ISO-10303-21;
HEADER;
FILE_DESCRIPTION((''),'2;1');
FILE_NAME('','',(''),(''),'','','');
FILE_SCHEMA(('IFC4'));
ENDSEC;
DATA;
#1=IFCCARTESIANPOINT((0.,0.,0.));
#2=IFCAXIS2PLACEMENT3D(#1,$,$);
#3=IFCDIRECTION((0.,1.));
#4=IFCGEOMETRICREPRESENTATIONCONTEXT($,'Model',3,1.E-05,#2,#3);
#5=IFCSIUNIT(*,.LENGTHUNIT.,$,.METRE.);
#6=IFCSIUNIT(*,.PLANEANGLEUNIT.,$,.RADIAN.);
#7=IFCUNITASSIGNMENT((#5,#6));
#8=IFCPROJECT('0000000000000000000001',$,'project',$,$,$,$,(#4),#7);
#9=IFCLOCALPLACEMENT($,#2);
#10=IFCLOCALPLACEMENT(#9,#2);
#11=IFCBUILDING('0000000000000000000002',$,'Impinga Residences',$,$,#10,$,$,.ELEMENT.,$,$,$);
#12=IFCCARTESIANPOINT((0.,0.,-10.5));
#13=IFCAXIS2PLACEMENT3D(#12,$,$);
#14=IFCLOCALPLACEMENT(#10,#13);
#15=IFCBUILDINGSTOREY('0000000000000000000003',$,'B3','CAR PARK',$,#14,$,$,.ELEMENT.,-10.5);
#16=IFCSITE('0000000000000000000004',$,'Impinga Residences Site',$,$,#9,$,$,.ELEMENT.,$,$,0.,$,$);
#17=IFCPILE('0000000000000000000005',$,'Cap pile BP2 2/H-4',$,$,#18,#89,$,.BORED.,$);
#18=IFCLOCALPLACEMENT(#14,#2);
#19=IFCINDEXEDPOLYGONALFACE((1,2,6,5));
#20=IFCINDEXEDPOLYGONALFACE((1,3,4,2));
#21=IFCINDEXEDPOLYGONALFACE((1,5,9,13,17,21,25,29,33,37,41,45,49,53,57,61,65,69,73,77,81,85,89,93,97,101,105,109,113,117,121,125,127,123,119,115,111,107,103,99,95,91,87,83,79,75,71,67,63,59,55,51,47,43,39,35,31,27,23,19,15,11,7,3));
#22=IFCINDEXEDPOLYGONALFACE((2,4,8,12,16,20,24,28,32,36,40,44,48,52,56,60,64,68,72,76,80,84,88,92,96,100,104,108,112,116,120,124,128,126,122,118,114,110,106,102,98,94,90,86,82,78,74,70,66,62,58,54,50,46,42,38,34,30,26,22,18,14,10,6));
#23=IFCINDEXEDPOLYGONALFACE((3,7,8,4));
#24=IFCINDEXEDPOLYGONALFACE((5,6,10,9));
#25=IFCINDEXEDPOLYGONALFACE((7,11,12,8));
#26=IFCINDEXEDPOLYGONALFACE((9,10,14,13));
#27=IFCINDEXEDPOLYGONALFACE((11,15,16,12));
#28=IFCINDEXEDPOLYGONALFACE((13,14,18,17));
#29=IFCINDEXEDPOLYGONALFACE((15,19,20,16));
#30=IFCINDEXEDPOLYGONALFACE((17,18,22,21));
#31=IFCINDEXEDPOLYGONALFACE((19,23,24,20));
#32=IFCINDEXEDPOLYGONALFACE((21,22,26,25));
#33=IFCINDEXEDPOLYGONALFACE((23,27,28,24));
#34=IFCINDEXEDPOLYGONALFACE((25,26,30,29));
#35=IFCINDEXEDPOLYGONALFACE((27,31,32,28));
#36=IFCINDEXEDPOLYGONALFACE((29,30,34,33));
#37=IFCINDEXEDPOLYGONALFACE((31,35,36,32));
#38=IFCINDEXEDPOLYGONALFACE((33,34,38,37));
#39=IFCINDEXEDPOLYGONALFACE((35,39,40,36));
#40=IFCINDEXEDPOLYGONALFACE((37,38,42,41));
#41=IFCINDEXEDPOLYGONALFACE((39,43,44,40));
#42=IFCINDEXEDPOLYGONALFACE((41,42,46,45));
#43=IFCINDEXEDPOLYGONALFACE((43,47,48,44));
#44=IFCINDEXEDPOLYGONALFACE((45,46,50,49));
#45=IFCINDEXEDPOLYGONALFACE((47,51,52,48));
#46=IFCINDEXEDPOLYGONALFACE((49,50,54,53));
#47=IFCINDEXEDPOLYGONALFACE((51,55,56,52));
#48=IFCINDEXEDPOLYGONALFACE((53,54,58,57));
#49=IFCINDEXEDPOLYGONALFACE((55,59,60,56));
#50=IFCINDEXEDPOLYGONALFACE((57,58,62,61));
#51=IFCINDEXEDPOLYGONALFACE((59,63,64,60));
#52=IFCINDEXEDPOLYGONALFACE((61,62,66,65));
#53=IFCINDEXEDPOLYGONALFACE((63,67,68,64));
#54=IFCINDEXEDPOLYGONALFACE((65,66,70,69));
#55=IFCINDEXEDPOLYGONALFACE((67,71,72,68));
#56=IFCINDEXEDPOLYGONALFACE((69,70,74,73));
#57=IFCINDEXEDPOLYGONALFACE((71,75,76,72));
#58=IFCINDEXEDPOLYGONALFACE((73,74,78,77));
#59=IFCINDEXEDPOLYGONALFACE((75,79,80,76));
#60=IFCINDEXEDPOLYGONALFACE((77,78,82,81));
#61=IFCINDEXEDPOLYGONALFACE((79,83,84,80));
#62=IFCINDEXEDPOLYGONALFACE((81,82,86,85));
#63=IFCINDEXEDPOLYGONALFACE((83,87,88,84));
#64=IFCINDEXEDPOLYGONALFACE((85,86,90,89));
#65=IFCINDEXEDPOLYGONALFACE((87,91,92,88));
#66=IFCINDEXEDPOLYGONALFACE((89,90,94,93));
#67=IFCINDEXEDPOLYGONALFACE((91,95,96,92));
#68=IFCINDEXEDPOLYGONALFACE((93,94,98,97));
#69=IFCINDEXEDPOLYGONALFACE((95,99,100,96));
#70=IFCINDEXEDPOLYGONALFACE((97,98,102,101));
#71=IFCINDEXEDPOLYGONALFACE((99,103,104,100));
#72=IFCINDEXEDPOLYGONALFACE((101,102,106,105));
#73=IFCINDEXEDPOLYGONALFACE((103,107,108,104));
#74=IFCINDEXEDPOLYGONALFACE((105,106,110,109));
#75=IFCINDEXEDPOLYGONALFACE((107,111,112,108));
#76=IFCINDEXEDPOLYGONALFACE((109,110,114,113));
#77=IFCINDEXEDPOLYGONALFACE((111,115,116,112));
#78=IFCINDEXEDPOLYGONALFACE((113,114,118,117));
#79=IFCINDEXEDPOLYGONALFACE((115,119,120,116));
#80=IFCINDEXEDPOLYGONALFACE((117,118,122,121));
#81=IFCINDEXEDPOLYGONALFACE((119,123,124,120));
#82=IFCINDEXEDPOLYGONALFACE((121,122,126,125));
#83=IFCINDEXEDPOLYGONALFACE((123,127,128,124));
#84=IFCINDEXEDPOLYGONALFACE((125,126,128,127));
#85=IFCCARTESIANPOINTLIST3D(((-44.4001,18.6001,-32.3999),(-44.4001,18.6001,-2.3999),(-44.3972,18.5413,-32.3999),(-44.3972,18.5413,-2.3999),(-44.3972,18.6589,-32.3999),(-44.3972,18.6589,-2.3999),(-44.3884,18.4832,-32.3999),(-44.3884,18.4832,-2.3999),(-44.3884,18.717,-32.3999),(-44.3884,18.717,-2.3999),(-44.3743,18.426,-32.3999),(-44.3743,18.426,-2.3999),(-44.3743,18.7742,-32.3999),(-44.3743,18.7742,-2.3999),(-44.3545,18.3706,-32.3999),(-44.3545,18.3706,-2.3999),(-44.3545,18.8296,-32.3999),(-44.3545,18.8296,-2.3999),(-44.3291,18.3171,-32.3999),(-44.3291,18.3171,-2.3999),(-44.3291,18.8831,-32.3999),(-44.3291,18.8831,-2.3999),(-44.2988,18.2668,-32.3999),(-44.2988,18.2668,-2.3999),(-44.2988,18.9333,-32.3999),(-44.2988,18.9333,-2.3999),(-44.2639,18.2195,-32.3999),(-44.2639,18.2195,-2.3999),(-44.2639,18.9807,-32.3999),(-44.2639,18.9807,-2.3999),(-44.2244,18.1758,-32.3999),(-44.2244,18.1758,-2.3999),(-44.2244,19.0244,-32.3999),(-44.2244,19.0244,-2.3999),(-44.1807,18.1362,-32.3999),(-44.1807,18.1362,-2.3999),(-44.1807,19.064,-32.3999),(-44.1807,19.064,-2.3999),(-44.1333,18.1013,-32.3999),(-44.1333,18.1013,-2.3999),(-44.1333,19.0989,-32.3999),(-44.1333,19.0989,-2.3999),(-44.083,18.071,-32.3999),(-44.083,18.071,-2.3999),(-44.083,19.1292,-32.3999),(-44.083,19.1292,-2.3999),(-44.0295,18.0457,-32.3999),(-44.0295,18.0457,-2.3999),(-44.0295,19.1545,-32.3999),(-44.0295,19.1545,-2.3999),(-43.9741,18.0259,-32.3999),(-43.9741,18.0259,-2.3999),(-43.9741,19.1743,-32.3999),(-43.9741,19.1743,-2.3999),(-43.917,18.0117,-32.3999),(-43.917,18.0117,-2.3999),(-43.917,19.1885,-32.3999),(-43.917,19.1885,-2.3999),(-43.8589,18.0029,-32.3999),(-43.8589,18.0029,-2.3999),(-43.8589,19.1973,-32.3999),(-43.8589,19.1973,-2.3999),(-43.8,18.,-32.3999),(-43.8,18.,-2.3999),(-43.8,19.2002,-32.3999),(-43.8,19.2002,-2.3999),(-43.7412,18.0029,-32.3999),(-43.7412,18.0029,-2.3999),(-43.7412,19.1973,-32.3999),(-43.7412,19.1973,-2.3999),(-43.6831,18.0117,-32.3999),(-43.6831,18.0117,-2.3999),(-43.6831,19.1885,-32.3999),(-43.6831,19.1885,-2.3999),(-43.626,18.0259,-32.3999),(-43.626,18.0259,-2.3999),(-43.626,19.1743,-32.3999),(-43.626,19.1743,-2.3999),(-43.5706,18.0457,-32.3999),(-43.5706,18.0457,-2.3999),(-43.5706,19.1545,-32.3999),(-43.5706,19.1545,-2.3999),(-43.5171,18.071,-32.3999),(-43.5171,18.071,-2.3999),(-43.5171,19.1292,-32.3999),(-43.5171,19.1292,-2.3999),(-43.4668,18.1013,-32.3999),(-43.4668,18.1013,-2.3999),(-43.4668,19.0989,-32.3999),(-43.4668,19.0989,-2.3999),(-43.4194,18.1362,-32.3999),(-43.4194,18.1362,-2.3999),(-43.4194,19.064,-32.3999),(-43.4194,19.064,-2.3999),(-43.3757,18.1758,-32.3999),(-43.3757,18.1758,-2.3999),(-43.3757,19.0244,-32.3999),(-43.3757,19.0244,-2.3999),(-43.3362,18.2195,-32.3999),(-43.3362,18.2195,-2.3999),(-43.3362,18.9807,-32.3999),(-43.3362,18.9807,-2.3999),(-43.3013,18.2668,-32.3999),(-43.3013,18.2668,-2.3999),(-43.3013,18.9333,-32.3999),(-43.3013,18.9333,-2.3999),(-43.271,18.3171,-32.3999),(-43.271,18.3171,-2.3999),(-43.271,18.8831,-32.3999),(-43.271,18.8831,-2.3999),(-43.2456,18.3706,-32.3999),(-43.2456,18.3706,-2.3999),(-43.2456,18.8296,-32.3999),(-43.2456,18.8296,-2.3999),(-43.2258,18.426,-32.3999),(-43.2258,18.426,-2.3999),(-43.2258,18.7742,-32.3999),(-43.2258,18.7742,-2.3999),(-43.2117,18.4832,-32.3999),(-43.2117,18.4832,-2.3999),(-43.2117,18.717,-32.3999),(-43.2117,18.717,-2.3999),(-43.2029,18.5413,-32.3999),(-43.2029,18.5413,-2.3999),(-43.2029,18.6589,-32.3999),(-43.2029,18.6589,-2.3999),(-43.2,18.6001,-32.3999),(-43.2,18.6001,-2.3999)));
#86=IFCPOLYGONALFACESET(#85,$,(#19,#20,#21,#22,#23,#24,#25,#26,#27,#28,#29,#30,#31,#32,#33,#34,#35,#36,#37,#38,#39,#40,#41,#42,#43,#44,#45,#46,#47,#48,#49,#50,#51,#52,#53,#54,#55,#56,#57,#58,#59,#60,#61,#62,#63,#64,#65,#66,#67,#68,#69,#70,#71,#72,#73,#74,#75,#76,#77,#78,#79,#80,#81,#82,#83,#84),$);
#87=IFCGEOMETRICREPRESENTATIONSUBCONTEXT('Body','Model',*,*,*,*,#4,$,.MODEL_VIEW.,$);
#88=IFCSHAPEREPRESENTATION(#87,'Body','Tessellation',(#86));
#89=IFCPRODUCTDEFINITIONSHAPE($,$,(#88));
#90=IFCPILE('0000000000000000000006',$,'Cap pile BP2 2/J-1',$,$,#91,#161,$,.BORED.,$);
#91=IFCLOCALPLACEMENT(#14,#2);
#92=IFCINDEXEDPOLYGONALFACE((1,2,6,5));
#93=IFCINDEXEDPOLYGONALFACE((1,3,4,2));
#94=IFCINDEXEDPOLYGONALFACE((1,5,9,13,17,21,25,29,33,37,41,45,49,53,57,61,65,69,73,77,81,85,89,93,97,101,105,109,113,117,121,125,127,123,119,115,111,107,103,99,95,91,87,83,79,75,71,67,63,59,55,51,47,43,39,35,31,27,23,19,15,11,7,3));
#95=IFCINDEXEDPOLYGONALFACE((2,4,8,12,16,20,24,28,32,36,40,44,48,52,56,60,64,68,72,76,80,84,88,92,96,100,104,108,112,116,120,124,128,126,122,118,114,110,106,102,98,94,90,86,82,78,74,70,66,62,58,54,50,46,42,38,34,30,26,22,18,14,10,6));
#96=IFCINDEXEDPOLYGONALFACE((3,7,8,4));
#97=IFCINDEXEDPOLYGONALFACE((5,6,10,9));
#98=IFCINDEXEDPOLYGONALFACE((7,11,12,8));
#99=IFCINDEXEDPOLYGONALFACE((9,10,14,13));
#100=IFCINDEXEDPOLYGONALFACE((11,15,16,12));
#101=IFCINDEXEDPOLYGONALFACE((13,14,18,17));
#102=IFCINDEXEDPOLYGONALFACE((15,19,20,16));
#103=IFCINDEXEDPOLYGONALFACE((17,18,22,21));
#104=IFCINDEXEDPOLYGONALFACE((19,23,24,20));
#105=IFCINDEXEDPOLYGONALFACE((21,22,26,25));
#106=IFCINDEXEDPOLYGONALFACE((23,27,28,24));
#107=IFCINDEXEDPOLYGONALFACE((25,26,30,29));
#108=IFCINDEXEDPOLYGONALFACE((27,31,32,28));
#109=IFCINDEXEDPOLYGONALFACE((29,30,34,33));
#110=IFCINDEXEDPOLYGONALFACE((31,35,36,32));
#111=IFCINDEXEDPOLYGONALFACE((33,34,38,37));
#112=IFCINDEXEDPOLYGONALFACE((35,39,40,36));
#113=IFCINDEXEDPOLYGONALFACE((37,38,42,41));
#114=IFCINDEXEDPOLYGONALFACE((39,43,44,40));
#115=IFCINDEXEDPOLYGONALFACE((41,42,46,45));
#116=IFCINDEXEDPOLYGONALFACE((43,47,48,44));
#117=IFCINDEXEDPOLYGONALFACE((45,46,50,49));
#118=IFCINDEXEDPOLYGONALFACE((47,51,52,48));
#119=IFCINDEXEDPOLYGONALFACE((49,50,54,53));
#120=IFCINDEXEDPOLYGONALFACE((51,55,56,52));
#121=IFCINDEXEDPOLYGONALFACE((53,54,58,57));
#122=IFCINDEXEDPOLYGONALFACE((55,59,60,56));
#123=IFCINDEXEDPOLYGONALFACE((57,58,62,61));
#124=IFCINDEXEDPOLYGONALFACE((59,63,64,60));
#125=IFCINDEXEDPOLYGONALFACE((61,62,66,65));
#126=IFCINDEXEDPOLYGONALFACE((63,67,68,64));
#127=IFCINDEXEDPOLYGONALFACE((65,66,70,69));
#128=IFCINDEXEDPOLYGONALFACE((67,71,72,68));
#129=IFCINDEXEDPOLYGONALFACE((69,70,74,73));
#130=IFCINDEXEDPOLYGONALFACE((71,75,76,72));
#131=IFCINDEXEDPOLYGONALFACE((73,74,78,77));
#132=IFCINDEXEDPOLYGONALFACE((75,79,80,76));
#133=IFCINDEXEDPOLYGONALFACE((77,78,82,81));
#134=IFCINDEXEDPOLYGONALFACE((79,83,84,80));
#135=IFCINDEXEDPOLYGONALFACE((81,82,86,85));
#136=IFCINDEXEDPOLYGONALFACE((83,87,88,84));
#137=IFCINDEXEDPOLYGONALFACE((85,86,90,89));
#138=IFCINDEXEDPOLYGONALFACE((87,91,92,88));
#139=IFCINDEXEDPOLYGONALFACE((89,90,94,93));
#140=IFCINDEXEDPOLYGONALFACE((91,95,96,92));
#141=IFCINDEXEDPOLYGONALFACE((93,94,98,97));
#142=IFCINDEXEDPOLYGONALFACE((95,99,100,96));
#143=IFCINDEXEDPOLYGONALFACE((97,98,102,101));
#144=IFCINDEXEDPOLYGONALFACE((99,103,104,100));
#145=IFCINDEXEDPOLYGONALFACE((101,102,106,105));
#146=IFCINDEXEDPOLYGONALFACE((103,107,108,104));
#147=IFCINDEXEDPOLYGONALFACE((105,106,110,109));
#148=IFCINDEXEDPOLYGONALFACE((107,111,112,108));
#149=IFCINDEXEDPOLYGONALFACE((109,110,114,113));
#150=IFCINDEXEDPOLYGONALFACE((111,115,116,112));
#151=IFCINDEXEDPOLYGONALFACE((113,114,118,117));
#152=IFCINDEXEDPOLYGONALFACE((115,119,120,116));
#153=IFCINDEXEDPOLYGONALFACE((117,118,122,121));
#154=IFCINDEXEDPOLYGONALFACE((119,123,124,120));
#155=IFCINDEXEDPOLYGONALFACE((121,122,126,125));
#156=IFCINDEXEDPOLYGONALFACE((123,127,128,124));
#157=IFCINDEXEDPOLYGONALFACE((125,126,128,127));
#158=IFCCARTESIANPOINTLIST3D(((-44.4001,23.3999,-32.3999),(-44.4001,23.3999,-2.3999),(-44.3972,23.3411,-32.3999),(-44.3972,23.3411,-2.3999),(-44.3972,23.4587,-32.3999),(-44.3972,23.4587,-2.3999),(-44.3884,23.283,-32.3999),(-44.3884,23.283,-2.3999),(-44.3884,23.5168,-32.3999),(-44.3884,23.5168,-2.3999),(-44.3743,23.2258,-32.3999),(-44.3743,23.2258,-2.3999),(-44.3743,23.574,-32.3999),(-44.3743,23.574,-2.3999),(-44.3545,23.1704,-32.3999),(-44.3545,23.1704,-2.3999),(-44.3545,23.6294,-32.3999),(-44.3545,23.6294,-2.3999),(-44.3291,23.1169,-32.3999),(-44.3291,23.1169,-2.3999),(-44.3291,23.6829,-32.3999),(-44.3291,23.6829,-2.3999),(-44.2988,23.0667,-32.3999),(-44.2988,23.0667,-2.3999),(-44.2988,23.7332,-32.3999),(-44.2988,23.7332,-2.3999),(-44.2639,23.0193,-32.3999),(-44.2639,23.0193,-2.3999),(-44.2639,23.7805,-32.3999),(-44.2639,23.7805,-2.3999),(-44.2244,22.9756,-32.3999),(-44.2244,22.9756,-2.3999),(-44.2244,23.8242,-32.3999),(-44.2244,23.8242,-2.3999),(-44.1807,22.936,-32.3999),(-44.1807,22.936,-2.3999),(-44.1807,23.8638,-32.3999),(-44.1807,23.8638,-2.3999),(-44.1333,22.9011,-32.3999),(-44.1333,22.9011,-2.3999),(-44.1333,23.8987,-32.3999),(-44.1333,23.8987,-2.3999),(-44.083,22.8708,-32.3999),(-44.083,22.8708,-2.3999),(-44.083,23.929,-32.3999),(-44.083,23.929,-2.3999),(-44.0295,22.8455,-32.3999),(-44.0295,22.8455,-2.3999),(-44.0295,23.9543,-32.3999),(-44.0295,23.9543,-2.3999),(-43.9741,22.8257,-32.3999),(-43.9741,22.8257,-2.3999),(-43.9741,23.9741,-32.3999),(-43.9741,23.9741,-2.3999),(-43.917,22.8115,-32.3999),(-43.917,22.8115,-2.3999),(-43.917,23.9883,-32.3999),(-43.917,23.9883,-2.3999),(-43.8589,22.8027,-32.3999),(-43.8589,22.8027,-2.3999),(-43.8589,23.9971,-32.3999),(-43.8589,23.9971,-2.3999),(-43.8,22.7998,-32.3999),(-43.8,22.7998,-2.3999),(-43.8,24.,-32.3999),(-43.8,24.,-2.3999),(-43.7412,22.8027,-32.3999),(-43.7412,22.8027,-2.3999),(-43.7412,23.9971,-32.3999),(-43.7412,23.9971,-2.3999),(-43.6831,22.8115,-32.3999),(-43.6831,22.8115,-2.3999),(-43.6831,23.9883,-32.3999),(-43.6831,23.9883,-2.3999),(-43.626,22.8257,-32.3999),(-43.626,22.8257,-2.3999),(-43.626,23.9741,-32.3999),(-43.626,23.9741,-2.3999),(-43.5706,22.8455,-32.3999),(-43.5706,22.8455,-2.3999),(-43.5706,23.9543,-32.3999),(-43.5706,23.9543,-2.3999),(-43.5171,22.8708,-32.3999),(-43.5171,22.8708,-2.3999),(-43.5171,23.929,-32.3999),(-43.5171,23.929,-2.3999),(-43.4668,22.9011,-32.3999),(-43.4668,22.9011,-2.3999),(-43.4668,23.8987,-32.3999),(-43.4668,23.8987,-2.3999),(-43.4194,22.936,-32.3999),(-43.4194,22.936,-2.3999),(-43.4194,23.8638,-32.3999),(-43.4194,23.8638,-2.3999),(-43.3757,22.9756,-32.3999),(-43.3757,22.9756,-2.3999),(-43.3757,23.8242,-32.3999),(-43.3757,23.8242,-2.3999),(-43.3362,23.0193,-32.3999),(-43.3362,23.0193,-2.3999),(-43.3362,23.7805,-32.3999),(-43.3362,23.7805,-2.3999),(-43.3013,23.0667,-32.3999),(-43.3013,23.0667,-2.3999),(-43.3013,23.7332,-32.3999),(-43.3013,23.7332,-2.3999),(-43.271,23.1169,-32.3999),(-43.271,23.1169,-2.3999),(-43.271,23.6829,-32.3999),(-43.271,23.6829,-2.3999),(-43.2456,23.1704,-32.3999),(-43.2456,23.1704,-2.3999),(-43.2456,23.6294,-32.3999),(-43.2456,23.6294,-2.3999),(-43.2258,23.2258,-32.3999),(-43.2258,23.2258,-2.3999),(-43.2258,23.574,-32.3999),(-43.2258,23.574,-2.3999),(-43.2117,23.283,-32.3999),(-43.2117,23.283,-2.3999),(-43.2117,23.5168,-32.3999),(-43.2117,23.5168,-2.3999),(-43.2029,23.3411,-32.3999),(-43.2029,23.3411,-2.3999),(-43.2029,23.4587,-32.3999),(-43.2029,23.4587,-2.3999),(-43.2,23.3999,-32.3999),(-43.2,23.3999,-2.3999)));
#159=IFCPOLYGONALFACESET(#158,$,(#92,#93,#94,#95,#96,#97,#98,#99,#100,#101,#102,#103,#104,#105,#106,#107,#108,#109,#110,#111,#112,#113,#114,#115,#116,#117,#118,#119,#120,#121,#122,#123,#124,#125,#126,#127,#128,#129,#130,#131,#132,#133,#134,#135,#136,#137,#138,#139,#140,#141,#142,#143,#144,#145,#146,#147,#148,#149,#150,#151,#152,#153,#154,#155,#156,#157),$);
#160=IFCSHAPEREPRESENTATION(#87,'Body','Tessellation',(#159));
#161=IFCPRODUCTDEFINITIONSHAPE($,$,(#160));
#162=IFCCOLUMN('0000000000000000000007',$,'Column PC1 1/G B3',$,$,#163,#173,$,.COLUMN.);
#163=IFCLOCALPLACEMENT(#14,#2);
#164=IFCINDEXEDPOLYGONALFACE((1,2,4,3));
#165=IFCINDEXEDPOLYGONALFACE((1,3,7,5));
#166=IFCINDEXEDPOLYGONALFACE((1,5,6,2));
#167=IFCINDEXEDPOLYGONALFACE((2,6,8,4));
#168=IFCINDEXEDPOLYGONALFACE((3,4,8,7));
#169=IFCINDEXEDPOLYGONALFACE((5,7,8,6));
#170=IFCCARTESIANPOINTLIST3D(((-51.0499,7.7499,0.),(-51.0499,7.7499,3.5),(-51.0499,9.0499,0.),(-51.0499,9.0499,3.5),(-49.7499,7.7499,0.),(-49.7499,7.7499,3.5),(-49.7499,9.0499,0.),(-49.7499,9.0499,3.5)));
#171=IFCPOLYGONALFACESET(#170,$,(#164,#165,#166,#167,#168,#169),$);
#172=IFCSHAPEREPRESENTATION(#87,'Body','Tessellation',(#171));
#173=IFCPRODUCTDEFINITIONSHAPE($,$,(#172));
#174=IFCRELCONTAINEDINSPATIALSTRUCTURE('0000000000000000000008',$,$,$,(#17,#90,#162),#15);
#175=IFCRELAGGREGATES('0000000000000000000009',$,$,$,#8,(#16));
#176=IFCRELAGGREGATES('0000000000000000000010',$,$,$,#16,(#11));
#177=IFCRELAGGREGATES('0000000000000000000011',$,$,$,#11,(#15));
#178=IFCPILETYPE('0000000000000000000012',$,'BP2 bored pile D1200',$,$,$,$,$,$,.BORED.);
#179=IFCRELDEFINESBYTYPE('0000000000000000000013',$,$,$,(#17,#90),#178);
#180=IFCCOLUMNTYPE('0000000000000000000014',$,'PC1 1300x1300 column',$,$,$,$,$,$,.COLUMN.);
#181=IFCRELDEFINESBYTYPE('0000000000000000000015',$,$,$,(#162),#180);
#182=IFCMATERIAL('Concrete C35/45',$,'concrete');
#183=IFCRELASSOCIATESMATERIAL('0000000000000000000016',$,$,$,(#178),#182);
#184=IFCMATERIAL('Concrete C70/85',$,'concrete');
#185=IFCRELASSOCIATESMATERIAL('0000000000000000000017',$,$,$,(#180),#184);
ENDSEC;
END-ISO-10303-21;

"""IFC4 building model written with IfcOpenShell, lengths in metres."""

from ifc_helpers import new_model, si_unit, direction, frame, origin, origin_2d, place, context, subcontext, project, spatial, polyline, rectangle, circle, outline, extrude, material, material_profile, profile_set, type_object, element, save


model = new_model("IFC4")

# Units and contexts
model_context = context("Model", 3, precision=1e-05, world=origin(), true_north=direction((0.0, 1.0)))
body_context = subcontext(model_context, "Body", "Model", "MODEL_VIEW")
ifc_project = project(units=[si_unit("LENGTHUNIT", "METRE"), si_unit("PLANEANGLEUNIT", "RADIAN")], contexts=[model_context])

# Site, building, storey
site_placement = place(None, origin())
site = spatial("IfcSite", under=ifc_project, at=site_placement, Name="Impinga Residences Site", CompositionType="ELEMENT", RefElevation=0.0)
building_placement = place(site_placement, origin())
building = spatial("IfcBuilding", under=site, at=building_placement, Name="Impinga Residences", CompositionType="ELEMENT")
storey_placement = place(building_placement, frame((0.0, 0.0, -10.5)))
storey = spatial("IfcBuildingStorey", under=building, at=storey_placement, Name="B3", Description="CAR PARK", CompositionType="ELEMENT", Elevation=-10.5)

# Piles
ifc_material_1 = material(Name="Concrete C35/45", Category="concrete")
ifc_material_profile_1 = material_profile(ifc_material_1, circle(Radius=0.6001, at=origin_2d()), Name="D1200")
ifc_profile_set_1 = profile_set([ifc_material_profile_1], Name="Concrete C35/45")
pile_type = type_object("IfcPileType", Name="BP2 bored pile D1200", PredefinedType="BORED", material=ifc_profile_set_1)
pile_1_placement = place(storey_placement, frame((-43.8, 18.6001, -2.3999), z_axis=(0.0, 0.0, -1.0), x_axis=(1.0, 0.0, 0.0)))
element("IfcPile", 1, at=pile_1_placement, inside=storey, type_object=pile_type, Name="Cap pile BP2 2/H-4", PredefinedType="BORED", context=body_context, shape_type="SweptSolid", body=[
    extrude(outline(polyline([(0.6001, 0.0), (0.5972, 0.0588), (0.5884, 0.1169), (0.5742, 0.1741), (0.5544, 0.2295), (0.5291, 0.283), (0.4988, 0.3333), (0.4639, 0.3806), (0.4243, 0.4243), (0.3806, 0.4639), (0.3333, 0.4988), (0.283, 0.5291), (0.2295, 0.5544), (0.1741, 0.5742), (0.1169, 0.5884), (0.0588, 0.5972), (0.0, 0.6001), (-0.0588, 0.5972), (-0.1169, 0.5884), (-0.1741, 0.5742), (-0.2295, 0.5544), (-0.283, 0.5291), (-0.3333, 0.4988), (-0.3806, 0.4639), (-0.4243, 0.4243), (-0.4639, 0.3806), (-0.4988, 0.3333), (-0.5291, 0.283), (-0.5544, 0.2295), (-0.5742, 0.1741), (-0.5884, 0.1169), (-0.5972, 0.0588), (-0.6001, 0.0), (-0.5972, -0.0588), (-0.5884, -0.1169), (-0.5742, -0.1741), (-0.5544, -0.2295), (-0.5291, -0.283), (-0.4988, -0.3333), (-0.4639, -0.3806), (-0.4243, -0.4243), (-0.3806, -0.4639), (-0.3333, -0.4988), (-0.283, -0.5291), (-0.2295, -0.5544), (-0.1741, -0.5742), (-0.1169, -0.5884), (-0.0588, -0.5972), (0.0, -0.6001), (0.0588, -0.5972), (0.1169, -0.5884), (0.1741, -0.5742), (0.2295, -0.5544), (0.283, -0.5291), (0.3333, -0.4988), (0.3806, -0.4639), (0.4243, -0.4243), (0.4639, -0.3806), (0.4988, -0.3333), (0.5291, -0.283), (0.5544, -0.2295), (0.5742, -0.1741), (0.5884, -0.1169), (0.5972, -0.0588), (0.6001, 0.0)])), origin(), (0.0, 0.0, 1.0), 30.0),
])
pile_2_placement = place(storey_placement, frame((-43.8, 23.3999, -2.3999), z_axis=(0.0, 0.0, -1.0), x_axis=(1.0, 0.0, 0.0)))
element("IfcPile", 2, at=pile_2_placement, inside=storey, type_object=pile_type, Name="Cap pile BP2 2/J-1", PredefinedType="BORED", context=body_context, shape_type="SweptSolid", body=[
    extrude(outline(polyline([(0.6001, 0.0), (0.5972, 0.0588), (0.5884, 0.1169), (0.5742, 0.1741), (0.5544, 0.2295), (0.5291, 0.283), (0.4988, 0.3333), (0.4639, 0.3806), (0.4243, 0.4243), (0.3806, 0.4639), (0.3333, 0.4988), (0.283, 0.5291), (0.2295, 0.5544), (0.1741, 0.5742), (0.1169, 0.5884), (0.0588, 0.5972), (0.0, 0.6001), (-0.0588, 0.5972), (-0.1169, 0.5884), (-0.1741, 0.5742), (-0.2295, 0.5544), (-0.283, 0.5291), (-0.3333, 0.4988), (-0.3806, 0.4639), (-0.4243, 0.4243), (-0.4639, 0.3806), (-0.4988, 0.3333), (-0.5291, 0.283), (-0.5544, 0.2295), (-0.5742, 0.1741), (-0.5884, 0.1169), (-0.5972, 0.0588), (-0.6001, 0.0), (-0.5972, -0.0588), (-0.5884, -0.1169), (-0.5742, -0.1741), (-0.5544, -0.2295), (-0.5291, -0.283), (-0.4988, -0.3333), (-0.4639, -0.3806), (-0.4243, -0.4243), (-0.3806, -0.4639), (-0.3333, -0.4988), (-0.283, -0.5291), (-0.2295, -0.5544), (-0.1741, -0.5742), (-0.1169, -0.5884), (-0.0588, -0.5972), (0.0, -0.6001), (0.0588, -0.5972), (0.1169, -0.5884), (0.1741, -0.5742), (0.2295, -0.5544), (0.283, -0.5291), (0.3333, -0.4988), (0.3806, -0.4639), (0.4243, -0.4243), (0.4639, -0.3806), (0.4988, -0.3333), (0.5291, -0.283), (0.5544, -0.2295), (0.5742, -0.1741), (0.5884, -0.1169), (0.5972, -0.0588), (0.6001, 0.0)])), origin(), (0.0, 0.0, 1.0), 30.0),
])

# Column
ifc_material_2 = material(Name="Concrete C70/85", Category="concrete")
ifc_material_profile_2 = material_profile(ifc_material_2, rectangle(XDim=1.3, YDim=1.3, at=origin_2d()), Name="RC 1300x1300")
ifc_profile_set_2 = profile_set([ifc_material_profile_2], Name="Concrete C70/85")
column_type = type_object("IfcColumnType", Name="PC1 1300x1300 column", PredefinedType="COLUMN", material=ifc_profile_set_2)
for number, where, z_axis, x_axis, name in (
    (3, (-50.3999, 8.3999, 0.0), (0.0, 0.0, 1.0), (1.0, 0.0, 0.0), "Column PC1 1/G B3"),
):
    element("IfcColumn", number, at=place(storey_placement, frame(where, z_axis=z_axis, x_axis=x_axis)), inside=storey, type_object=column_type, Name=name, PredefinedType="COLUMN", context=body_context, shape_type="SweptSolid", body=[
        extrude(rectangle(XDim=1.3, YDim=1.3, at=origin_2d()), origin(), (0.0, 0.0, 1.0), 3.5),
    ])

save(model, "model.ifc")
